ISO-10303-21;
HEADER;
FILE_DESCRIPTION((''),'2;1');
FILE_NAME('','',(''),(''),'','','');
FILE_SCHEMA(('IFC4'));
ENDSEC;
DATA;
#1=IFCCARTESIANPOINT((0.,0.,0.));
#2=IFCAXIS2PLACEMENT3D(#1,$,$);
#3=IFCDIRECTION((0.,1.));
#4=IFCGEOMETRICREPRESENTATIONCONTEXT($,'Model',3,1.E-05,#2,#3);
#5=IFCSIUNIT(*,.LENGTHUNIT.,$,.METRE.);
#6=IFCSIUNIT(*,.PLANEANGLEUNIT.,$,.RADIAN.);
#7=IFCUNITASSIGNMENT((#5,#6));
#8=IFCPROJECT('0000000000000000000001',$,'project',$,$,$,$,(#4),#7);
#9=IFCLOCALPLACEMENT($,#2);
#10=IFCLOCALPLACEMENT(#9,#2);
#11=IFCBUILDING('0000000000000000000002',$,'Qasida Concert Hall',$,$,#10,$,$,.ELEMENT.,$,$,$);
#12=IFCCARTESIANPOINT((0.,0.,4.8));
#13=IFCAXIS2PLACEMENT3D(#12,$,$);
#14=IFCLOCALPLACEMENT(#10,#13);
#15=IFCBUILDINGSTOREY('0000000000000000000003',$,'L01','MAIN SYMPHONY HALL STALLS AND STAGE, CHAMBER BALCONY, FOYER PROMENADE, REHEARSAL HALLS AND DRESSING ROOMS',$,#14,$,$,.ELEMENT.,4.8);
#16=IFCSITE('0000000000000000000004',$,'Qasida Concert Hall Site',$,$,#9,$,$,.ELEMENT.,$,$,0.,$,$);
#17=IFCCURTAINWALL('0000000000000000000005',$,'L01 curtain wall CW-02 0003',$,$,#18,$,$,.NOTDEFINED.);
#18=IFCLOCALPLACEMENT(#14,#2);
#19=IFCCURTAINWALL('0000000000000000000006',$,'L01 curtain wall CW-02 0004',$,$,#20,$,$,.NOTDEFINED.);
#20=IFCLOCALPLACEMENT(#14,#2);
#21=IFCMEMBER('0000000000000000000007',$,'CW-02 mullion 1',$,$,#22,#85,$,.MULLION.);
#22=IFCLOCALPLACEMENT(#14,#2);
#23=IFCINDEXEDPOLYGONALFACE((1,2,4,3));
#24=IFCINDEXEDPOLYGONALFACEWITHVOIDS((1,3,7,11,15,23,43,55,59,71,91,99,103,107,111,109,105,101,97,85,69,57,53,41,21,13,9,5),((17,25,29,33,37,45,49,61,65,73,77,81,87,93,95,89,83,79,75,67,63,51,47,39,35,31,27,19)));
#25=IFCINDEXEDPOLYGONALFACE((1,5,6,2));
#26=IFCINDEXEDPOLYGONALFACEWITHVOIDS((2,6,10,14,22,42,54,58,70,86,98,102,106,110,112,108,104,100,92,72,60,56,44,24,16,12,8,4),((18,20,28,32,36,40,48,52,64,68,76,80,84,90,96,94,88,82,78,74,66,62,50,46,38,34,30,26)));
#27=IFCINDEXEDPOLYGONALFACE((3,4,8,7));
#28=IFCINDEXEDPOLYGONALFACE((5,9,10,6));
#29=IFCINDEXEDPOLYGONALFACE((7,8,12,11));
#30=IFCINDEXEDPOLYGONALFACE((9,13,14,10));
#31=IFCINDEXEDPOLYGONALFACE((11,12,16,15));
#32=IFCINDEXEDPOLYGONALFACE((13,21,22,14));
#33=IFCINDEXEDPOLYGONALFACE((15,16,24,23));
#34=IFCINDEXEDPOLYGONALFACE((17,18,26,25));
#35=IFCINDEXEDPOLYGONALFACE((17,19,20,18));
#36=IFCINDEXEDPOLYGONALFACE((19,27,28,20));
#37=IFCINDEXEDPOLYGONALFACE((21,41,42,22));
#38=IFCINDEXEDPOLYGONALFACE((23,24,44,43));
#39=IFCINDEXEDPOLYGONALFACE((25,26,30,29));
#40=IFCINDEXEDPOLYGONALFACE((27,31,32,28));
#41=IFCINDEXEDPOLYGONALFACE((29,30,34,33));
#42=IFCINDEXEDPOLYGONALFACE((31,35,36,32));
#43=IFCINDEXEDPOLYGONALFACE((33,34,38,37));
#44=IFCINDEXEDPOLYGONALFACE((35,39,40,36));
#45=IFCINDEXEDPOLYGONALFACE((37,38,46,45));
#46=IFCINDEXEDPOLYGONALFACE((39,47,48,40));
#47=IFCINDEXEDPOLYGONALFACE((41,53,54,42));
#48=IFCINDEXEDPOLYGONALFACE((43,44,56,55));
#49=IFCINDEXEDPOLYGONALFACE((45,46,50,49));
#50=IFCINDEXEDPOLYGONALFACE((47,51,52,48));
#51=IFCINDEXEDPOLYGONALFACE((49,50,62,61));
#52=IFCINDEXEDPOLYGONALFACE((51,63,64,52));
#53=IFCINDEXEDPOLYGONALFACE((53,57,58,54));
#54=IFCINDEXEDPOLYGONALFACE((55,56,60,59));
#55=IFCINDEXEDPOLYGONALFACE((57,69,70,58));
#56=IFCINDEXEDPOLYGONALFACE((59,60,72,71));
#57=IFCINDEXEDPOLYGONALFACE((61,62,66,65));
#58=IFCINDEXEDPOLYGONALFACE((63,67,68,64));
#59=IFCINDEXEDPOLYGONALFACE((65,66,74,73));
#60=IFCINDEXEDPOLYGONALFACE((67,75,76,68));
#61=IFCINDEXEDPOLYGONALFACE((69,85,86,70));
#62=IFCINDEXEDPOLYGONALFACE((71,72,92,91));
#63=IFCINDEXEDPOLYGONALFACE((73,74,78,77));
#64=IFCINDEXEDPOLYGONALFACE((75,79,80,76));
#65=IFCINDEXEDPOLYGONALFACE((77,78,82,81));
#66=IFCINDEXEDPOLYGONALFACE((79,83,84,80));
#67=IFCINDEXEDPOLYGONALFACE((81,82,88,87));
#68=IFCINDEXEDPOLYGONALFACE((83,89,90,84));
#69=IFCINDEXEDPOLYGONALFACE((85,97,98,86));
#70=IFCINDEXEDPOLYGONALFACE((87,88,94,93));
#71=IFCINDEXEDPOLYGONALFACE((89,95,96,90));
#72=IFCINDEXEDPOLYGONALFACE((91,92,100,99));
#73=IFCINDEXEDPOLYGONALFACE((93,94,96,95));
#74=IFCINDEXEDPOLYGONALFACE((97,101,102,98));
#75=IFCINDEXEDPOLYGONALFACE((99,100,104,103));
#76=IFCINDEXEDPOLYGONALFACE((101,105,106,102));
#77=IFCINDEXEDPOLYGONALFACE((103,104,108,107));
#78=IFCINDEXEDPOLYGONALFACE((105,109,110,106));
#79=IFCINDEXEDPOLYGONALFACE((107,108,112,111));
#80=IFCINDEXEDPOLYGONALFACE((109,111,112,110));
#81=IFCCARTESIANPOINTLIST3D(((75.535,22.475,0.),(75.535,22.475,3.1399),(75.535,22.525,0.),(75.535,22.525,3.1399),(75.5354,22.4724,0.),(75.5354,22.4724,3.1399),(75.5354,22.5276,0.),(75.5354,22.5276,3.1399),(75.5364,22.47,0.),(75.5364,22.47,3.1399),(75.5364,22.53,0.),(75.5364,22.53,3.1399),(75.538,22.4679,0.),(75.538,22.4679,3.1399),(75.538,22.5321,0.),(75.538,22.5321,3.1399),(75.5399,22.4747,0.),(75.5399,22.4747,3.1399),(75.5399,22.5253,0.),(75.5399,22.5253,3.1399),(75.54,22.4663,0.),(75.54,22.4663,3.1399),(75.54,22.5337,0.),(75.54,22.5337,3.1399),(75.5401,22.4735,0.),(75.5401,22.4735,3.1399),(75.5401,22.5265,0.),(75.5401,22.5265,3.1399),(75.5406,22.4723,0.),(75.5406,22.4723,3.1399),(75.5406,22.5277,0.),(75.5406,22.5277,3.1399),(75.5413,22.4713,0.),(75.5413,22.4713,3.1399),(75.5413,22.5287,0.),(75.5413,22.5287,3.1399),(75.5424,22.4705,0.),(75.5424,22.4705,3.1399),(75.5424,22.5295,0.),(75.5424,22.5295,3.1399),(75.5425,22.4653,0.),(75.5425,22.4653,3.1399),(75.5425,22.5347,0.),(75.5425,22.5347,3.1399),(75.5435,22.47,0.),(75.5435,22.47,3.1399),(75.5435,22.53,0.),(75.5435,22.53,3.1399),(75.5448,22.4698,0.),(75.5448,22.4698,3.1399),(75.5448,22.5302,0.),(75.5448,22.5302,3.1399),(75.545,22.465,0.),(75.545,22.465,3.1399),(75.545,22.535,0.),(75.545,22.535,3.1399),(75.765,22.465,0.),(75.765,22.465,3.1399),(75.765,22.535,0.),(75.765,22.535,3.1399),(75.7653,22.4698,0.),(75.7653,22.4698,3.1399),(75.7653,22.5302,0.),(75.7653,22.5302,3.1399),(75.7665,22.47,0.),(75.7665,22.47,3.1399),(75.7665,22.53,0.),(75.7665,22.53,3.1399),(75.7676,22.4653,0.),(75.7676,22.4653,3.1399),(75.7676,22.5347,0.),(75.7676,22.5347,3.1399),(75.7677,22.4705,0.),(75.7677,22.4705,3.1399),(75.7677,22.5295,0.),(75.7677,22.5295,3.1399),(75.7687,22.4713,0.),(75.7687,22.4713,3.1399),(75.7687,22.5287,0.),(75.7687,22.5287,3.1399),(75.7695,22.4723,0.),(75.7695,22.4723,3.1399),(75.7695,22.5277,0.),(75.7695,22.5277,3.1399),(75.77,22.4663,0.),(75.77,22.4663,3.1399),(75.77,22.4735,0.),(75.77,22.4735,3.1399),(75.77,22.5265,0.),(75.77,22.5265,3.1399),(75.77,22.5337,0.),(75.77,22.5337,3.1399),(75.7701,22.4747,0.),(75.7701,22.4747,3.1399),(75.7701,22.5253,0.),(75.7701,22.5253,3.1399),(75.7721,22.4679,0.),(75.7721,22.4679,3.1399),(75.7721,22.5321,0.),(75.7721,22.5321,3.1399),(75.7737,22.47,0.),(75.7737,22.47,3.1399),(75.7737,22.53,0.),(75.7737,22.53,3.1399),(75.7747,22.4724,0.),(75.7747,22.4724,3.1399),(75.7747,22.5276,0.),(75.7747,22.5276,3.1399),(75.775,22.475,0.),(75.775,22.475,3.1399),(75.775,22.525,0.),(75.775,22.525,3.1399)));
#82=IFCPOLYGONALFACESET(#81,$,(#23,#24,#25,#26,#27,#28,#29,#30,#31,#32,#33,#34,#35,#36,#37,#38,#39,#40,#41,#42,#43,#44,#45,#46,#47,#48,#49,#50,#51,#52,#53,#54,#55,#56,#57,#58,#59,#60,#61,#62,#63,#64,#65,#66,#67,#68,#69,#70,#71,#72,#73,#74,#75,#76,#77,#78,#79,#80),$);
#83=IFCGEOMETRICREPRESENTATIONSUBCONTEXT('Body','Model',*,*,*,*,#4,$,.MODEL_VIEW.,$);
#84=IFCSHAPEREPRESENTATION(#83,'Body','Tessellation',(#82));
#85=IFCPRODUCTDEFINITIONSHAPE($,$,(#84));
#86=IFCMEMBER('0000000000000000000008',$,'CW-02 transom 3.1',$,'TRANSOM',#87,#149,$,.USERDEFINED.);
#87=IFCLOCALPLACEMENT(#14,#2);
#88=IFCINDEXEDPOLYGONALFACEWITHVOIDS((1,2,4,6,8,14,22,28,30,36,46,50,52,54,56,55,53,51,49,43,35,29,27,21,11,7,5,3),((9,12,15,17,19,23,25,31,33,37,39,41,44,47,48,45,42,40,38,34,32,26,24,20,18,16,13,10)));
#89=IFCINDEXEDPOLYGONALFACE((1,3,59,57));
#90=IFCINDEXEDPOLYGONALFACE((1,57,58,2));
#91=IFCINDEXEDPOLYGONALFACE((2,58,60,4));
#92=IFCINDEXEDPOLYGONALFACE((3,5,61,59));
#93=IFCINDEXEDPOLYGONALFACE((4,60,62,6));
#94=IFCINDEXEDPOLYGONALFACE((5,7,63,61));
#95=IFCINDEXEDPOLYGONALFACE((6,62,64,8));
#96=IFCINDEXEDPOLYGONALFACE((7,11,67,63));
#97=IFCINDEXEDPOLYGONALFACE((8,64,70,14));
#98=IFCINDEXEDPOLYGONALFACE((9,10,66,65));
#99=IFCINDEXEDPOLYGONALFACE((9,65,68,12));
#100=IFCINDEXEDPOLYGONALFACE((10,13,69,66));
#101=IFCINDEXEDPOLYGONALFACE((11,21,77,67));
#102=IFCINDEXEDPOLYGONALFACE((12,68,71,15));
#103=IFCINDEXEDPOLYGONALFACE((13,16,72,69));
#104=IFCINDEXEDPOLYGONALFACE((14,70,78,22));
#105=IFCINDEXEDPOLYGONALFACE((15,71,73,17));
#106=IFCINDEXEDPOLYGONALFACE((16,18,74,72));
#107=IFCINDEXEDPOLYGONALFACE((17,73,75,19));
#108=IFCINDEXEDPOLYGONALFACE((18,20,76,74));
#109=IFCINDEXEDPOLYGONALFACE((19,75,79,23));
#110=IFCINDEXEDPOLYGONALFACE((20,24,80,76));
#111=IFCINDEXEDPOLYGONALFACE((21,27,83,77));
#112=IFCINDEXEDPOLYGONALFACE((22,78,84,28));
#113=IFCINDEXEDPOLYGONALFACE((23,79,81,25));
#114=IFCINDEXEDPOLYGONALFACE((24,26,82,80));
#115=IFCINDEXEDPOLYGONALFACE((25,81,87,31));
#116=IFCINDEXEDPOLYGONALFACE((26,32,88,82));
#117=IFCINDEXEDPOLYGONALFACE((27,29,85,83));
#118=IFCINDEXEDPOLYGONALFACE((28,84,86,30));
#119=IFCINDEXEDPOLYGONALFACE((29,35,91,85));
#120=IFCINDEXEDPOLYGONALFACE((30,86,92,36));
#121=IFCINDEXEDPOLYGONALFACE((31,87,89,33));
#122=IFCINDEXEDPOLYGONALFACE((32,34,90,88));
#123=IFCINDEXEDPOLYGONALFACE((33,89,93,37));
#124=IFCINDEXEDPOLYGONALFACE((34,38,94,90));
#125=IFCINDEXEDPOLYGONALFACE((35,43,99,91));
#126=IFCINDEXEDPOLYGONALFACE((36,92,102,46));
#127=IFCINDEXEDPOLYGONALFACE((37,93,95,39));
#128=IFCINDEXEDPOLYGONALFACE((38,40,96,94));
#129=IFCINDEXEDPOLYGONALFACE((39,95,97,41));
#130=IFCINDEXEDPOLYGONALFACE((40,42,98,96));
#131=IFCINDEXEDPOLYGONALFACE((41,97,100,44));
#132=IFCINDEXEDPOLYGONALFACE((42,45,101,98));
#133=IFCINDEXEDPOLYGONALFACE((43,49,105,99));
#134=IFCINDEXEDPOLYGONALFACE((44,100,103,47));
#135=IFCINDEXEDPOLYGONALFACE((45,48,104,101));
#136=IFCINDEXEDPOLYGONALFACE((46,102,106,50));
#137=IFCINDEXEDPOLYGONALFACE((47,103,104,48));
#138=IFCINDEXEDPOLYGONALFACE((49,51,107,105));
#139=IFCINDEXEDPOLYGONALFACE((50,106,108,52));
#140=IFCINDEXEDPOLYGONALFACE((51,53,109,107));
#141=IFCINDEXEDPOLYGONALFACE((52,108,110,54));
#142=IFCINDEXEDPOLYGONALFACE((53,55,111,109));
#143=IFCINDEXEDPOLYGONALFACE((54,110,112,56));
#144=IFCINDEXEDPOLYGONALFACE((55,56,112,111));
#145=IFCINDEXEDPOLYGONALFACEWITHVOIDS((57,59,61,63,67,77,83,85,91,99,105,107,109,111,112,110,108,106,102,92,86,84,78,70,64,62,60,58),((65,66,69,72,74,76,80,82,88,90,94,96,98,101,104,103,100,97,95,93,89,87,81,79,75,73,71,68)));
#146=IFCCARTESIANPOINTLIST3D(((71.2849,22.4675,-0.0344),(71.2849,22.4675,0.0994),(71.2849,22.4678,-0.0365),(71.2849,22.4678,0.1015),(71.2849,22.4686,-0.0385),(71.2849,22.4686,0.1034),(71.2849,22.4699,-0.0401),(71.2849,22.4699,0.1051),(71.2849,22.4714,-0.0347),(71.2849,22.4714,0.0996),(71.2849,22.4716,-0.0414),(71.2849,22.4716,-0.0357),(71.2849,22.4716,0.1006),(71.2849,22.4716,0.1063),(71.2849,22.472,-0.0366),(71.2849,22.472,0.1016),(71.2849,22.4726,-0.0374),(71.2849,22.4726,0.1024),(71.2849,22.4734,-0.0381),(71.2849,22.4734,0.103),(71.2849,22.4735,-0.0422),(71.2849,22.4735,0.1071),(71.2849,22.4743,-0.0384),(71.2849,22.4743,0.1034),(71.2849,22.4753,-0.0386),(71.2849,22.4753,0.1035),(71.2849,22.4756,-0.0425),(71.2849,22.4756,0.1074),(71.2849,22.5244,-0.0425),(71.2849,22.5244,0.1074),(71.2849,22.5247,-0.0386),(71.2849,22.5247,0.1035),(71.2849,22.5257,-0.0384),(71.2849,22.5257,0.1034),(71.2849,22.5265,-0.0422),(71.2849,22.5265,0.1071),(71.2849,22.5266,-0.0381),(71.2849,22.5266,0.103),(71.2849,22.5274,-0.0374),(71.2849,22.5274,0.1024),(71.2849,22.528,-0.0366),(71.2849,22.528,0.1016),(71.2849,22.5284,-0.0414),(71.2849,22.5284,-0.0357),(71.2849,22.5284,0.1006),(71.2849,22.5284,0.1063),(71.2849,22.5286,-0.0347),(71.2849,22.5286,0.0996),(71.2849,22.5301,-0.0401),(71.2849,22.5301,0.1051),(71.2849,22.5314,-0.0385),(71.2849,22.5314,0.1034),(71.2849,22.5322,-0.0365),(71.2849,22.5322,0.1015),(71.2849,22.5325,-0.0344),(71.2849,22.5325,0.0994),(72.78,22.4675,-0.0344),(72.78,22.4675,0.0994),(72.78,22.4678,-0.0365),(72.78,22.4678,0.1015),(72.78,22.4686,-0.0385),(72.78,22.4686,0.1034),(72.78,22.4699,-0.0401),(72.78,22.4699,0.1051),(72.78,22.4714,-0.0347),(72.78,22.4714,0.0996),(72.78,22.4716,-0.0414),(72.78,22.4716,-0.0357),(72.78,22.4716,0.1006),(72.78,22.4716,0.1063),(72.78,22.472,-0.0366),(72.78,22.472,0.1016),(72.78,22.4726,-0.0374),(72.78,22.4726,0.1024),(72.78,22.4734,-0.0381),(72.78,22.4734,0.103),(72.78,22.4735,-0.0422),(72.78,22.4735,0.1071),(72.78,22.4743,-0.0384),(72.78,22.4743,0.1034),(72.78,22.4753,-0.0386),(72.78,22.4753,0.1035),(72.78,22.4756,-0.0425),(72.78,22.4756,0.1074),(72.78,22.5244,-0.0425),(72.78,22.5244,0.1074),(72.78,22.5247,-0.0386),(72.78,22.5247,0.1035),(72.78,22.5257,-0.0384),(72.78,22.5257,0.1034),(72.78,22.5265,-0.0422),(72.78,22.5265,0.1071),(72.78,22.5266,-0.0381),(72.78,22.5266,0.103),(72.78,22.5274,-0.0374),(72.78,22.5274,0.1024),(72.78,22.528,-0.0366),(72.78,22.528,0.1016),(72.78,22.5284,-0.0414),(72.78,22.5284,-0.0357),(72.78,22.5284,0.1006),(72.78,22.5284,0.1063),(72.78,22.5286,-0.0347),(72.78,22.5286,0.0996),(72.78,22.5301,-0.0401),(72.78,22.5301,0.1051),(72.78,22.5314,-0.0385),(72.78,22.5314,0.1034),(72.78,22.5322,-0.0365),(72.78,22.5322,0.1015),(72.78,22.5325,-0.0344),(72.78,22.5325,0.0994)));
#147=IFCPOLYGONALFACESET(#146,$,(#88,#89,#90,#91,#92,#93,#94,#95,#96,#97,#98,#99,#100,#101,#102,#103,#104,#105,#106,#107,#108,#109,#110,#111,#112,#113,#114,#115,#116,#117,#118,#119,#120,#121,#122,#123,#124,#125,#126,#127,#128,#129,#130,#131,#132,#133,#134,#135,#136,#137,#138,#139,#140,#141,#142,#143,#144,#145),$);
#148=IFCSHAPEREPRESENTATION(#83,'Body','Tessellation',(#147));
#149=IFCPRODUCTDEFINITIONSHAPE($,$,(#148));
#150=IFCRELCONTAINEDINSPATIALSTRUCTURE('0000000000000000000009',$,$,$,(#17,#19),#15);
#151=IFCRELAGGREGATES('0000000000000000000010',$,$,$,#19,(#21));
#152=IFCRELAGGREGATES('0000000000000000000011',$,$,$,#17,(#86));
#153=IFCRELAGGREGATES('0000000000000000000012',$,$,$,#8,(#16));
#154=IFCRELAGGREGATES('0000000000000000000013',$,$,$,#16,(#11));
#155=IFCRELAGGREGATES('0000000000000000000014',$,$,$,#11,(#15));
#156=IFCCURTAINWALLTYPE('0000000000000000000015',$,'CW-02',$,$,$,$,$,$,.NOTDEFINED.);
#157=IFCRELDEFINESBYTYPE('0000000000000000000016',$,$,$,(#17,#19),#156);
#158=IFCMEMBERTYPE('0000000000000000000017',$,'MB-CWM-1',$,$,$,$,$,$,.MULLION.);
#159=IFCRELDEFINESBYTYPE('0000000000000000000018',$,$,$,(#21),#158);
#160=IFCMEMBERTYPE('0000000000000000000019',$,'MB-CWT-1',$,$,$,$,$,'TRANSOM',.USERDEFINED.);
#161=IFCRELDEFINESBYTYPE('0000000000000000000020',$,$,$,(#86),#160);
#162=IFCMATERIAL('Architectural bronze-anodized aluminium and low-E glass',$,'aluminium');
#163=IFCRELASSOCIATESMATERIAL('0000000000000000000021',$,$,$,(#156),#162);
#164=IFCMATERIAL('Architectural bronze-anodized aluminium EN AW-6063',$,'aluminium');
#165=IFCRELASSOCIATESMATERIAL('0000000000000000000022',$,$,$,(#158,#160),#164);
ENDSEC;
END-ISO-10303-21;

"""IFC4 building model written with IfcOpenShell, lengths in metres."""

from ifc_helpers import new_model, si_unit, direction, frame, origin, origin_2d, place, context, subcontext, project, spatial, hollow_rectangle, extrude, material, material_profile, profile_set, type_object, element, aggregate, save


model = new_model("IFC4")

# Units and contexts
model_context = context("Model", 3, precision=1e-05, world=origin(), true_north=direction((0.0, 1.0)))
body_context = subcontext(model_context, "Body", "Model", "MODEL_VIEW")
ifc_project = project(units=[si_unit("LENGTHUNIT", "METRE"), si_unit("PLANEANGLEUNIT", "RADIAN")], contexts=[model_context])

# Site, building, storey
site_placement = place(None, origin())
site = spatial("IfcSite", under=ifc_project, at=site_placement, Name="Qasida Concert Hall Site", CompositionType="ELEMENT", RefElevation=0.0)
building_placement = place(site_placement, origin())
building = spatial("IfcBuilding", under=site, at=building_placement, Name="Qasida Concert Hall", CompositionType="ELEMENT")
storey_placement = place(building_placement, frame((0.0, 0.0, 4.8)))
storey = spatial("IfcBuildingStorey", under=building, at=storey_placement, Name="L01", Description="MAIN SYMPHONY HALL STALLS AND STAGE, CHAMBER BALCONY, FOYER PROMENADE, REHEARSAL HALLS AND DRESSING ROOMS", CompositionType="ELEMENT", Elevation=4.8)

# Curtain wall
ifc_material_1 = material(Name="Architectural bronze-anodized aluminium and low-E glass", Category="aluminium")
curtain_wall_type = type_object("IfcCurtainWallType", Name="CW-02", PredefinedType="NOTDEFINED", material=ifc_material_1)
curtain_wall_1_placement = place(storey_placement, origin())
curtain_wall_1 = element("IfcCurtainWall", 1, at=curtain_wall_1_placement, inside=storey, type_object=curtain_wall_type, Name="L01 curtain wall CW-02 0003", PredefinedType="NOTDEFINED")
ifc_material_2 = material(Name="Architectural bronze-anodized aluminium EN AW-6063", Category="aluminium")
ifc_material_profile_1 = material_profile(ifc_material_2, hollow_rectangle(XDim=0.0701, YDim=0.24, WallThickness=0.0049, InnerFilletRadius=0.0049, OuterFilletRadius=0.01, at=origin_2d()), Name="CWM 240x70x5")
ifc_profile_set_1 = profile_set([ifc_material_profile_1], Name="Architectural bronze-anodized aluminium EN AW-6063")
member_type_1 = type_object("IfcMemberType", Name="MB-CWM-1", PredefinedType="MULLION", material=ifc_profile_set_1)

# Curtain wall, member
curtain_wall_2_placement = place(storey_placement, origin())
curtain_wall_2 = element("IfcCurtainWall", 2, at=curtain_wall_2_placement, inside=storey, type_object=curtain_wall_type, Name="L01 curtain wall CW-02 0004", PredefinedType="NOTDEFINED")
member_1_placement = place(storey_placement, frame((75.655, 22.5, 0.0), z_axis=(0.0, 0.0, 1.0), x_axis=(0.0, 1.0, 0.0)))
member_1 = element("IfcMember", 3, at=member_1_placement, type_object=member_type_1, Name="CW-02 mullion 1", PredefinedType="MULLION", context=body_context, shape_type="SweptSolid", body=[
    extrude(hollow_rectangle(XDim=0.0701, YDim=0.24, WallThickness=0.0049, InnerFilletRadius=0.0049, OuterFilletRadius=0.01, at=origin_2d()), origin(), (0.0, 0.0, 1.0), 3.1399),
])

# Member
ifc_material_profile_2 = material_profile(ifc_material_2, hollow_rectangle(XDim=0.0649, YDim=0.1499, WallThickness=0.0039, InnerFilletRadius=0.0039, OuterFilletRadius=0.0081, at=origin_2d()), Name="CWT 150x65x4")
ifc_profile_set_2 = profile_set([ifc_material_profile_2], Name="Architectural bronze-anodized aluminium EN AW-6063")
member_type_2 = type_object("IfcMemberType", Name="MB-CWT-1", ElementType="TRANSOM", PredefinedType="USERDEFINED", material=ifc_profile_set_2)
member_2_placement = place(storey_placement, frame((71.2849, 22.5, 0.0325), z_axis=(1.0, 0.0, 0.0), x_axis=(0.0, 1.0, 0.0)))
member_2 = element("IfcMember", 4, at=member_2_placement, type_object=member_type_2, Name="CW-02 transom 3.1", ObjectType="TRANSOM", PredefinedType="USERDEFINED", context=body_context, shape_type="SweptSolid", body=[
    extrude(hollow_rectangle(XDim=0.0649, YDim=0.1499, WallThickness=0.0039, InnerFilletRadius=0.0039, OuterFilletRadius=0.0081, at=origin_2d()), origin(), (0.0, 0.0, 1.0), 1.4951),
])
aggregate(curtain_wall_2, [member_1])

aggregate(curtain_wall_1, [member_2])

save(model, "model.ifc")
